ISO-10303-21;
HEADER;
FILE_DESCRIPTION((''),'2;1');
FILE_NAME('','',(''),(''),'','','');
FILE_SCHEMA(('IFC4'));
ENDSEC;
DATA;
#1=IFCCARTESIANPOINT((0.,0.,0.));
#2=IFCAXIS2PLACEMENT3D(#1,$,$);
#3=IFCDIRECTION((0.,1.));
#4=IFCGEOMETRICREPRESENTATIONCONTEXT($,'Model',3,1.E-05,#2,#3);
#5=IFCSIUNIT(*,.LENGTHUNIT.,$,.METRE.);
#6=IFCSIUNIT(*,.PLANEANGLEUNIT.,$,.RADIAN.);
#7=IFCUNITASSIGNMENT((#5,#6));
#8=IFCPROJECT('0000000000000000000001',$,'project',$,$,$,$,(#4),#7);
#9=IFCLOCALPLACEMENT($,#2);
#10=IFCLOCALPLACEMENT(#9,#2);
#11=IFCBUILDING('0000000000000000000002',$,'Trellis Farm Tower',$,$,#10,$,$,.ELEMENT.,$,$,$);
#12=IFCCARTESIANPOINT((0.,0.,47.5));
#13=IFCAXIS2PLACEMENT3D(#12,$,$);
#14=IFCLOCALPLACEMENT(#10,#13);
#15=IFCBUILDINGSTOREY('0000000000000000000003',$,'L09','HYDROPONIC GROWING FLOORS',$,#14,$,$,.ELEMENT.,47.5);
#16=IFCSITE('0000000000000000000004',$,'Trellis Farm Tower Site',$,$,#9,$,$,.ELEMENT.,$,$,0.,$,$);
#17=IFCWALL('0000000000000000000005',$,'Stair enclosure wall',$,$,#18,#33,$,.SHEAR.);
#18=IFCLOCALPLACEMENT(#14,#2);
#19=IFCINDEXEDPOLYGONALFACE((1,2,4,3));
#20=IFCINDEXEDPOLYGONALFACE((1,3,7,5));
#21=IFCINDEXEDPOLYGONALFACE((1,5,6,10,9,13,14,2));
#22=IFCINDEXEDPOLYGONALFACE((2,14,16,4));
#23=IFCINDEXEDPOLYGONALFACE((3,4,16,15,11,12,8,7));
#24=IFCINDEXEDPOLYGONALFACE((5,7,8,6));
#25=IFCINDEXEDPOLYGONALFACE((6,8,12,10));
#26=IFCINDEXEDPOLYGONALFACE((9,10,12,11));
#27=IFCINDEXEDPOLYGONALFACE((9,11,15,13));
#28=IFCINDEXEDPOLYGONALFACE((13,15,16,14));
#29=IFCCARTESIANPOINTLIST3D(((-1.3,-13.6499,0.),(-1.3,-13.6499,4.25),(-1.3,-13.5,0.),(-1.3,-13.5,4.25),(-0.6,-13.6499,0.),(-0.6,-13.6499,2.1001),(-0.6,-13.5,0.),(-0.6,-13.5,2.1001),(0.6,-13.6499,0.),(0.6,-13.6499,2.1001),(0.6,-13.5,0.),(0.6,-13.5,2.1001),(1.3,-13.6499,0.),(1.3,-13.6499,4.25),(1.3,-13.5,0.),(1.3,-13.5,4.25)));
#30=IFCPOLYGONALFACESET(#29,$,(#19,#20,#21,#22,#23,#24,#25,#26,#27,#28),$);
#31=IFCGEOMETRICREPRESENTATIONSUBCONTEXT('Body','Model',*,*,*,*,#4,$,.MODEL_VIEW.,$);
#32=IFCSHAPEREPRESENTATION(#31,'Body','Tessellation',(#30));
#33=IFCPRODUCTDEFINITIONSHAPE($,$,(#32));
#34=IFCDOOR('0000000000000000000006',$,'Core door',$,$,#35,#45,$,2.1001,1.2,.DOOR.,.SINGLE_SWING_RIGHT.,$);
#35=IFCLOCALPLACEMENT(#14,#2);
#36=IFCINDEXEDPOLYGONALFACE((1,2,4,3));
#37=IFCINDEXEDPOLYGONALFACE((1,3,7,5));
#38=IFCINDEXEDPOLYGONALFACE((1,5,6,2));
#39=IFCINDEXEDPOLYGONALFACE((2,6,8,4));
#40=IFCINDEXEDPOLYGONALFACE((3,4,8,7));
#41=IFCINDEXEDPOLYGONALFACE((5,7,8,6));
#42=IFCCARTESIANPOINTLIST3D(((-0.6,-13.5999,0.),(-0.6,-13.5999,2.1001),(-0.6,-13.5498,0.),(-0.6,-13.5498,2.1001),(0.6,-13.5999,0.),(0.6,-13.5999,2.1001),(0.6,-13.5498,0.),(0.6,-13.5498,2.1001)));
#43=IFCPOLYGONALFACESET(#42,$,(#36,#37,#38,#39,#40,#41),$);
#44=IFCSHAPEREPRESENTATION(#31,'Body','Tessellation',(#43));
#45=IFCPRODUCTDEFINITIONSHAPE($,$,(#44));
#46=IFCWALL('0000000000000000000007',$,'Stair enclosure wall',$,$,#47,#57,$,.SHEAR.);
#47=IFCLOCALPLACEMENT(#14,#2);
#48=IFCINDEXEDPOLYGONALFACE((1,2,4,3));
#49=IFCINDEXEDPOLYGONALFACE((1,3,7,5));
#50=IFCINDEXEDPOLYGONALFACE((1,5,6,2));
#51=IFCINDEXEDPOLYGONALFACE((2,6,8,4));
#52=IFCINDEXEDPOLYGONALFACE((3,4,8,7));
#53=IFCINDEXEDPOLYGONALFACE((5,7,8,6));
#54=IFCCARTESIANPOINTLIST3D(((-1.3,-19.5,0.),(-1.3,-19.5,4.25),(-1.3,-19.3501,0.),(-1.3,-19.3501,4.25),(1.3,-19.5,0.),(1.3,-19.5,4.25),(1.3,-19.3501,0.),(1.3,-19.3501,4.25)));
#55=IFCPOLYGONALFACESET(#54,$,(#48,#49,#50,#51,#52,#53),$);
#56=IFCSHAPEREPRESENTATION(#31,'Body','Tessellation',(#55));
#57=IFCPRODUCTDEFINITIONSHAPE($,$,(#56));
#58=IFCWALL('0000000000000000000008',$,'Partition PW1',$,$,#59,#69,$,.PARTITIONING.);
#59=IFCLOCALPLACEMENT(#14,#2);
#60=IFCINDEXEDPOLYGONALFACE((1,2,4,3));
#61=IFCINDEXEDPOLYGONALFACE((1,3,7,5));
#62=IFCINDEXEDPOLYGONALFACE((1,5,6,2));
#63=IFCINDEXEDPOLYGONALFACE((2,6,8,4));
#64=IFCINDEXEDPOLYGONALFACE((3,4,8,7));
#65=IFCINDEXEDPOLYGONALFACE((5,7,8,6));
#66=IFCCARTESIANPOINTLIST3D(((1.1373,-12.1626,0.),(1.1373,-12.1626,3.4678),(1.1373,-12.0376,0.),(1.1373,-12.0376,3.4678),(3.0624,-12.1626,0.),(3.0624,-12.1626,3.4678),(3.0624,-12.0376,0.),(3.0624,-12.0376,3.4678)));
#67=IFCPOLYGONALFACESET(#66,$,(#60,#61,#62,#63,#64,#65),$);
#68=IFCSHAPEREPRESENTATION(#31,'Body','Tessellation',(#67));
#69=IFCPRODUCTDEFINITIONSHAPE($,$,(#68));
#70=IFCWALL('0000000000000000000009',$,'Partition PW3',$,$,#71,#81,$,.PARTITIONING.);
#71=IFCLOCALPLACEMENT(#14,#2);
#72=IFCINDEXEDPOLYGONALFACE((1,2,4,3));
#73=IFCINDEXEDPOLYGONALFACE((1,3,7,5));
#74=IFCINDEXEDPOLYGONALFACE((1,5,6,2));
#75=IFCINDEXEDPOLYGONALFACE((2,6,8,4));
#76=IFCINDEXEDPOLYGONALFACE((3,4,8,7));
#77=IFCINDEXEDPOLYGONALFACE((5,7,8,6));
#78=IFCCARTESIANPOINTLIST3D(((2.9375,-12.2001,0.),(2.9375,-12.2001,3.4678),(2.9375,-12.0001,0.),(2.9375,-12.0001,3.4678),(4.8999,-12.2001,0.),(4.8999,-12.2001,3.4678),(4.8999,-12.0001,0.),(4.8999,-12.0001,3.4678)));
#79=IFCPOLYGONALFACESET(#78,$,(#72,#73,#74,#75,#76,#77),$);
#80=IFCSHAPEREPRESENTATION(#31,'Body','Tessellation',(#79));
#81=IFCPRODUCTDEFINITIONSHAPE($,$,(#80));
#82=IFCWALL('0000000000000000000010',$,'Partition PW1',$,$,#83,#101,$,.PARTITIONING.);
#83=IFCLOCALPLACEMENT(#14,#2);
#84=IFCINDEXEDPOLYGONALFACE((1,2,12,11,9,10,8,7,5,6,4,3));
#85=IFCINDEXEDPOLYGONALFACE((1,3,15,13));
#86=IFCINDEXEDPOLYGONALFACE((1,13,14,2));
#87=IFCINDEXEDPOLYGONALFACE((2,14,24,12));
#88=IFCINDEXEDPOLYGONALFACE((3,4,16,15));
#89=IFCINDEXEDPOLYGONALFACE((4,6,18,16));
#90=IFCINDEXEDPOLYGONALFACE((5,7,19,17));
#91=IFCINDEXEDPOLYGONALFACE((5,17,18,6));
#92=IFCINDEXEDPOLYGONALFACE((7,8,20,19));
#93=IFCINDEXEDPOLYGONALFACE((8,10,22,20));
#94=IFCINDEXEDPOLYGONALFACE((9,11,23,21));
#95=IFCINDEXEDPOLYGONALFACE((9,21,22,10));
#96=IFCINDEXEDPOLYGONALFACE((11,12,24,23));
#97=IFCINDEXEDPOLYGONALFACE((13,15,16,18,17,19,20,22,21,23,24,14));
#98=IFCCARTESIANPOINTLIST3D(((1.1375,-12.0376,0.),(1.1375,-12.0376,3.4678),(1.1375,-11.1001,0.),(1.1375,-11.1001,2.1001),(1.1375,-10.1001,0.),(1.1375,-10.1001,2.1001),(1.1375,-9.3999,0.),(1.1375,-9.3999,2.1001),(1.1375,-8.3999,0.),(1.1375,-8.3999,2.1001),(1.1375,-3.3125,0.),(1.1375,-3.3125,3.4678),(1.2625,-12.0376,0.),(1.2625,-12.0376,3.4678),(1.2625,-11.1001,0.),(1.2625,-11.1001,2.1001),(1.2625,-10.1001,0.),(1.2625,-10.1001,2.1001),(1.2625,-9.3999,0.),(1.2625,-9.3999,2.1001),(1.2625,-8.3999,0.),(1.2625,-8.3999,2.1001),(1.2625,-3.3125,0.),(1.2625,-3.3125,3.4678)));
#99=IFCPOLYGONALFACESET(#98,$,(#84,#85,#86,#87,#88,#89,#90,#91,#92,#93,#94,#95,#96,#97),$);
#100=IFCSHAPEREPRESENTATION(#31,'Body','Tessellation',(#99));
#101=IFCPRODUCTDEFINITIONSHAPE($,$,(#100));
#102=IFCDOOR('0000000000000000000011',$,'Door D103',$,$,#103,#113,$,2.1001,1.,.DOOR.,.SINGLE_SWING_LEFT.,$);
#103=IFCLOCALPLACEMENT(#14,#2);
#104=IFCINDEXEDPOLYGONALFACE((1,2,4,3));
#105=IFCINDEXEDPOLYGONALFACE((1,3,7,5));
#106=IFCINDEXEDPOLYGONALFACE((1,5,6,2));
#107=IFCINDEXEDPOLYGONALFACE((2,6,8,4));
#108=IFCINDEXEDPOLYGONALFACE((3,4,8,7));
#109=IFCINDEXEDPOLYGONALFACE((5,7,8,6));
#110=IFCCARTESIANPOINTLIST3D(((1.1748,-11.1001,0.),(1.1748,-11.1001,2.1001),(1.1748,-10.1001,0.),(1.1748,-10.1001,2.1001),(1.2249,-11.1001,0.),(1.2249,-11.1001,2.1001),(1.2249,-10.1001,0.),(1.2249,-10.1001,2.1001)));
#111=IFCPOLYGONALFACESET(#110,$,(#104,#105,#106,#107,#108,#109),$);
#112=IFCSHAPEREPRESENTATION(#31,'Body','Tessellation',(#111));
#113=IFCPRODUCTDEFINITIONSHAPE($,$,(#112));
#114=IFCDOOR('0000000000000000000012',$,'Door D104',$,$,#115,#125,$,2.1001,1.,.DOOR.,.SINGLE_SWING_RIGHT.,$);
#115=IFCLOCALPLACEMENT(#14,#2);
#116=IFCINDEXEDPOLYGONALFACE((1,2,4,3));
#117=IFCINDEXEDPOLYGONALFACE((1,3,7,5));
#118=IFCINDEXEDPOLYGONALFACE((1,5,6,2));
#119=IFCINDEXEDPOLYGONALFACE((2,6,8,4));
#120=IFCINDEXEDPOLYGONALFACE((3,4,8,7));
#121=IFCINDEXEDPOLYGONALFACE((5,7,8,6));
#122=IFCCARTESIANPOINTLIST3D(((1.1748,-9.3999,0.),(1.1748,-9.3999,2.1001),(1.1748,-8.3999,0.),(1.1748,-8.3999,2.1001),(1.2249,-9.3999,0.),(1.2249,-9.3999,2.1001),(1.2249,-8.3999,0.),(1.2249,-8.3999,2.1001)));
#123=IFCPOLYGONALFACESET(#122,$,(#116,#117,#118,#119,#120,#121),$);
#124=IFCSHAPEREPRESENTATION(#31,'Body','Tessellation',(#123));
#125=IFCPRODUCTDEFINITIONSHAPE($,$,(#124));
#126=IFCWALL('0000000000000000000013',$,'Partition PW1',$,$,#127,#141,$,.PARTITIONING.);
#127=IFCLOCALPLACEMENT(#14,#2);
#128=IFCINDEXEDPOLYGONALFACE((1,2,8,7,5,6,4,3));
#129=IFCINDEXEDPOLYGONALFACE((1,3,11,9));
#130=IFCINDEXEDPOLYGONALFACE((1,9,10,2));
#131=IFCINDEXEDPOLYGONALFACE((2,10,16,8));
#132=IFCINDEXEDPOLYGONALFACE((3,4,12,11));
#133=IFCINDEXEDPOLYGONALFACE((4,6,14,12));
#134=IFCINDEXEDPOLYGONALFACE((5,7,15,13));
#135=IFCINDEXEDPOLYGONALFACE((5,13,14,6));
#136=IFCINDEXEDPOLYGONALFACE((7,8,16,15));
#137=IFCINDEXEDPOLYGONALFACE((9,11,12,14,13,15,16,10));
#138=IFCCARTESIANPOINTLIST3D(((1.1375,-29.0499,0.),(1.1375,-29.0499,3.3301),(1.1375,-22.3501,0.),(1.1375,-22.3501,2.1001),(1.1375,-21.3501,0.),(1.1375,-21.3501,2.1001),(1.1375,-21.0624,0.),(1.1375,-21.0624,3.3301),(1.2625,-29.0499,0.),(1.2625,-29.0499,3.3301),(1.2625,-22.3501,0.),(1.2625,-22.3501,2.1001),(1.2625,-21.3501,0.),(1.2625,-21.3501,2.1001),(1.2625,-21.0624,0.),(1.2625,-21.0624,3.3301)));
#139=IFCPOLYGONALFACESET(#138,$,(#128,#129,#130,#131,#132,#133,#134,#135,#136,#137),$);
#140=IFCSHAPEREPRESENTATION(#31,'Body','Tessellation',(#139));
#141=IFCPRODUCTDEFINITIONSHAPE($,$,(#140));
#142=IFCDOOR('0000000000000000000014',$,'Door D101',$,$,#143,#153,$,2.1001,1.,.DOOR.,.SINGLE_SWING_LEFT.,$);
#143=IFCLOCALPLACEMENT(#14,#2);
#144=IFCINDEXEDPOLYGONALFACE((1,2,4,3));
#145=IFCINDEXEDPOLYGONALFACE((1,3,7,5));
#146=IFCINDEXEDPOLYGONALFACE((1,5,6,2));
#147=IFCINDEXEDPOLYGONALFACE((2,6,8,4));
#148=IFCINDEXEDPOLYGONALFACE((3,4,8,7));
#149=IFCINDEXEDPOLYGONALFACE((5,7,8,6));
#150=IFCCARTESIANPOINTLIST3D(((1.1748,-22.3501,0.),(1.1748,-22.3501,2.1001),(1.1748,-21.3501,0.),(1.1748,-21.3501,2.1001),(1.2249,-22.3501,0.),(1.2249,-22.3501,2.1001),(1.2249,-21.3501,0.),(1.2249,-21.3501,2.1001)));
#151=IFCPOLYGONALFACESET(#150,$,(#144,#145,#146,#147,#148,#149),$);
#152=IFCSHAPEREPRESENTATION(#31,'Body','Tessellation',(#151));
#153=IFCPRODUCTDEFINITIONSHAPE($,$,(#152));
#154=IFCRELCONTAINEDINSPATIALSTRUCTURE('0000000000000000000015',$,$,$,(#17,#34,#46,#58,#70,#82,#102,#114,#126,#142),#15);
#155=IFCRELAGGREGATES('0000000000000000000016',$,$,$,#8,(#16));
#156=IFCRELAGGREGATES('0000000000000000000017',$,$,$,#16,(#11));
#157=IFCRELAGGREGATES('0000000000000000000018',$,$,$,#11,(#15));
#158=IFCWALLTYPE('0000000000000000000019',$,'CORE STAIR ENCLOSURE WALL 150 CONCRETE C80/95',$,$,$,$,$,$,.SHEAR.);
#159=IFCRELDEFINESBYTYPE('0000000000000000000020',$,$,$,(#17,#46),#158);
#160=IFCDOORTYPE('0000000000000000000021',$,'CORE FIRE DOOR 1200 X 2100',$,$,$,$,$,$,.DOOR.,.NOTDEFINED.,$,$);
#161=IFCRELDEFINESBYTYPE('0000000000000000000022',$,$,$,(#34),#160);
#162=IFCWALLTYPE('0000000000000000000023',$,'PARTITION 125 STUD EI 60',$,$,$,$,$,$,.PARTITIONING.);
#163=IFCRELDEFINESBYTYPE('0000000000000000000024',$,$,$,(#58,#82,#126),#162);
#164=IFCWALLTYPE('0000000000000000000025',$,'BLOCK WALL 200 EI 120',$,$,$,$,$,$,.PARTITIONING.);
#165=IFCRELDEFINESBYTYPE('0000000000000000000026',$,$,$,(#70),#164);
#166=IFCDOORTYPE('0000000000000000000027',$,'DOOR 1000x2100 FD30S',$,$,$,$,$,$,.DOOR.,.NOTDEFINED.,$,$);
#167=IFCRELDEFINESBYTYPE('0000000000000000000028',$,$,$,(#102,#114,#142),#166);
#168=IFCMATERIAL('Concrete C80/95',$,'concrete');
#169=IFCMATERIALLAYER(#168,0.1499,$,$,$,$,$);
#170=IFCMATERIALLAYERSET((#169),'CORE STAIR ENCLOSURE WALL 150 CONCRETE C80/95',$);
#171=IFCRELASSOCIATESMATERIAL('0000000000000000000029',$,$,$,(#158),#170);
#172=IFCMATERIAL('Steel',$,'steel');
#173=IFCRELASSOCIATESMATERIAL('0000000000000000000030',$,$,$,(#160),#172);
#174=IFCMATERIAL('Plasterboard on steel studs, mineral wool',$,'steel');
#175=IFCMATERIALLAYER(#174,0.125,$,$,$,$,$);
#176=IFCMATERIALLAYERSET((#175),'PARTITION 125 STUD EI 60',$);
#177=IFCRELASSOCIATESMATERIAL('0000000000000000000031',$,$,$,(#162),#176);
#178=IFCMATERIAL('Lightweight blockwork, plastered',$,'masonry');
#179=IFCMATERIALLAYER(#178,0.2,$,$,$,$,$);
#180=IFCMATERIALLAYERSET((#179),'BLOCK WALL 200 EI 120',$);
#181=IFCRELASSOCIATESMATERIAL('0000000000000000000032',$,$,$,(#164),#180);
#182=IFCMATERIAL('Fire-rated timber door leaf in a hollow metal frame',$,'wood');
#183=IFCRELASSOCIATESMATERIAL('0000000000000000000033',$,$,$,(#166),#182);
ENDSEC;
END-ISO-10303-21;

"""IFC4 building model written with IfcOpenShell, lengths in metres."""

from ifc_helpers import new_model, si_unit, direction, frame, frame_2d, origin, place, context, subcontext, project, spatial, rectangle, extrude, source, transform, mapped, material, layer, layer_set, type_object, element, fill, save


model = new_model("IFC4")

# Units and contexts
model_context = context("Model", 3, precision=1e-05, world=origin(), true_north=direction((0.0, 1.0)))
body_context = subcontext(model_context, "Body", "Model", "MODEL_VIEW")
ifc_project = project(units=[si_unit("LENGTHUNIT", "METRE"), si_unit("PLANEANGLEUNIT", "RADIAN")], contexts=[model_context])

# Site, building, storey
site_placement = place(None, origin())
site = spatial("IfcSite", under=ifc_project, at=site_placement, Name="Trellis Farm Tower Site", CompositionType="ELEMENT", RefElevation=0.0)
building_placement = place(site_placement, origin())
building = spatial("IfcBuilding", under=site, at=building_placement, Name="Trellis Farm Tower", CompositionType="ELEMENT")
storey_placement = place(building_placement, frame((0.0, 0.0, 47.5)))
storey = spatial("IfcBuildingStorey", under=building, at=storey_placement, Name="L09", Description="HYDROPONIC GROWING FLOORS", CompositionType="ELEMENT", Elevation=47.5)

# Shared definitions
ifc_material_1 = material(Name="Concrete C80/95", Category="concrete")

# Wall, opening, door
ifc_layer_1 = layer(ifc_material_1, 0.1499)
ifc_layer_set_1 = layer_set([ifc_layer_1], Name="CORE STAIR ENCLOSURE WALL 150 CONCRETE C80/95")
wall_type_1 = type_object("IfcWallType", Name="CORE STAIR ENCLOSURE WALL 150 CONCRETE C80/95", PredefinedType="SHEAR", material=ifc_layer_set_1)
shared_shape_1 = source(origin(), body_context, "Body", "SweptSolid", [
    extrude(rectangle(XDim=2.6001, YDim=0.1499, at=frame_2d((1.3, 0.0))), origin(), (0.0, 0.0, 1.0), 4.25),
])
wall_1_placement = place(storey_placement, frame((1.3, -13.575, 0.0), z_axis=(0.0, 0.0, 1.0), x_axis=(-1.0, 0.0, 0.0)))
wall_1 = element("IfcWall", 1, at=wall_1_placement, inside=storey, type_object=wall_type_1, Name="Stair enclosure wall", PredefinedType="SHEAR", context=body_context, shape_type="MappedRepresentation", body=[
    mapped(shared_shape_1, transform((0.0, 0.0, 0.0))),
])
shared_shape_2 = source(origin(), body_context, "Body", "SweptSolid", [
    extrude(rectangle(XDim=1.2, YDim=2.1001, at=frame_2d((0.6001, 1.05))), frame((0.0, 0.085, 0.0), z_axis=(0.0, -1.0, 0.0), x_axis=(1.0, 0.0, 0.0)), (0.0, 0.0, 1.0), 0.1699),
])
opening_1_placement = place(wall_1_placement, frame((0.7, 0.0, 0.0)))
opening_1 = element("IfcOpeningElement", 2, at=opening_1_placement, cuts=wall_1, PredefinedType="OPENING", context=body_context, shape_type="MappedRepresentation", body=[
    mapped(shared_shape_2, transform((0.0, 0.0, 0.0))),
])
ifc_material_2 = material(Name="Steel", Category="steel")
door_type_1 = type_object("IfcDoorType", Name="CORE FIRE DOOR 1200 X 2100", OperationType="NOTDEFINED", PredefinedType="DOOR", material=ifc_material_2)
shared_shape_3 = source(origin(), body_context, "Body", "SweptSolid", [
    extrude(rectangle(XDim=1.2, YDim=2.1001, at=frame_2d((0.6001, 1.05))), frame((0.0, 0.0249, 0.0), z_axis=(0.0, -1.0, 0.0), x_axis=(1.0, 0.0, 0.0)), (0.0, 0.0, 1.0), 0.05),
])
door_1_placement = place(opening_1_placement, origin())
door_1 = element("IfcDoor", 3, at=door_1_placement, inside=storey, type_object=door_type_1, Name="Core door", OperationType="SINGLE_SWING_RIGHT", OverallHeight=2.1001, OverallWidth=1.2, PredefinedType="DOOR", context=body_context, shape_type="MappedRepresentation", body=[
    mapped(shared_shape_3, transform((0.0, 0.0, 0.0))),
])
fill(opening_1, door_1)

# Walls
wall_2_placement = place(storey_placement, frame((1.3, -19.425, 0.0), z_axis=(0.0, 0.0, 1.0), x_axis=(-1.0, 0.0, 0.0)))
element("IfcWall", 4, at=wall_2_placement, inside=storey, type_object=wall_type_1, Name="Stair enclosure wall", PredefinedType="SHEAR", context=body_context, shape_type="MappedRepresentation", body=[
    mapped(shared_shape_1, transform((0.0, 0.0, 0.0))),
])
ifc_material_3 = material(Name="Plasterboard on steel studs, mineral wool", Category="steel")
ifc_layer_2 = layer(ifc_material_3, 0.125)
ifc_layer_set_2 = layer_set([ifc_layer_2], Name="PARTITION 125 STUD EI 60")
wall_type_2 = type_object("IfcWallType", Name="PARTITION 125 STUD EI 60", PredefinedType="PARTITIONING", material=ifc_layer_set_2)
shared_shape_4 = source(origin(), body_context, "Body", "SweptSolid", [
    extrude(rectangle(XDim=1.925, YDim=0.125, at=frame_2d((0.9624, 0.0))), origin(), (0.0, 0.0, 1.0), 3.4678),
])
wall_3_placement = place(storey_placement, frame((1.1375, -12.1001, 0.0), z_axis=(0.0, 0.0, 1.0), x_axis=(1.0, 0.0, 0.0)))
element("IfcWall", 5, at=wall_3_placement, inside=storey, type_object=wall_type_2, Name="Partition PW1", PredefinedType="PARTITIONING", context=body_context, shape_type="MappedRepresentation", body=[
    mapped(shared_shape_4, transform((0.0, 0.0, 0.0))),
])
ifc_material_4 = material(Name="Lightweight blockwork, plastered", Category="masonry")
ifc_layer_3 = layer(ifc_material_4, 0.2)
ifc_layer_set_3 = layer_set([ifc_layer_3], Name="BLOCK WALL 200 EI 120")
wall_type_3 = type_object("IfcWallType", Name="BLOCK WALL 200 EI 120", PredefinedType="PARTITIONING", material=ifc_layer_set_3)
shared_shape_5 = source(origin(), body_context, "Body", "SweptSolid", [
    extrude(rectangle(XDim=1.9624, YDim=0.2, at=frame_2d((0.9812, 0.0))), origin(), (0.0, 0.0, 1.0), 3.4678),
])
wall_4_placement = place(storey_placement, frame((2.9375, -12.1001, 0.0), z_axis=(0.0, 0.0, 1.0), x_axis=(1.0, 0.0, 0.0)))
element("IfcWall", 6, at=wall_4_placement, inside=storey, type_object=wall_type_3, Name="Partition PW3", PredefinedType="PARTITIONING", context=body_context, shape_type="MappedRepresentation", body=[
    mapped(shared_shape_5, transform((0.0, 0.0, 0.0))),
])

# Wall, openings, doors
shared_shape_6 = source(origin(), body_context, "Body", "SweptSolid", [
    extrude(rectangle(XDim=8.7251, YDim=0.125, at=frame_2d((4.3625, 0.0))), origin(), (0.0, 0.0, 1.0), 3.4678),
])
wall_5_placement = place(storey_placement, frame((1.2, -3.3125, 0.0), z_axis=(0.0, 0.0, 1.0), x_axis=(0.0, -1.0, 0.0)))
wall_5 = element("IfcWall", 7, at=wall_5_placement, inside=storey, type_object=wall_type_2, Name="Partition PW1", PredefinedType="PARTITIONING", context=body_context, shape_type="MappedRepresentation", body=[
    mapped(shared_shape_6, transform((0.0, 0.0, 0.0))),
])
shared_shape_7 = source(origin(), body_context, "Body", "SweptSolid", [
    extrude(rectangle(XDim=1.0, YDim=2.1001, at=frame_2d((0.5, 1.05))), frame((0.0, 0.0725, 0.0), z_axis=(0.0, -1.0, 0.0), x_axis=(1.0, 0.0, 0.0)), (0.0, 0.0, 1.0), 0.145),
])
opening_2_placement = place(wall_5_placement, frame((6.7876, 0.0, 0.0)))
opening_2 = element("IfcOpeningElement", 8, at=opening_2_placement, cuts=wall_5, PredefinedType="OPENING", context=body_context, shape_type="MappedRepresentation", body=[
    mapped(shared_shape_7, transform((0.0, 0.0, 0.0))),
])
opening_3_placement = place(wall_5_placement, frame((5.0874, 0.0, 0.0)))
opening_3 = element("IfcOpeningElement", 9, at=opening_3_placement, cuts=wall_5, PredefinedType="OPENING", context=body_context, shape_type="MappedRepresentation", body=[
    mapped(shared_shape_7, transform((0.0, 0.0, 0.0))),
])
ifc_material_5 = material(Name="Fire-rated timber door leaf in a hollow metal frame", Category="wood")
door_type_2 = type_object("IfcDoorType", Name="DOOR 1000x2100 FD30S", OperationType="NOTDEFINED", PredefinedType="DOOR", material=ifc_material_5)
shared_shape_8 = source(origin(), body_context, "Body", "SweptSolid", [
    extrude(rectangle(XDim=1.0, YDim=2.1001, at=frame_2d((0.5, 1.05))), frame((0.0, 0.0249, 0.0), z_axis=(0.0, -1.0, 0.0), x_axis=(1.0, 0.0, 0.0)), (0.0, 0.0, 1.0), 0.05),
])
door_2_placement = place(opening_2_placement, origin())
door_2 = element("IfcDoor", 10, at=door_2_placement, inside=storey, type_object=door_type_2, Name="Door D103", OperationType="SINGLE_SWING_LEFT", OverallHeight=2.1001, OverallWidth=1.0, PredefinedType="DOOR", context=body_context, shape_type="MappedRepresentation", body=[
    mapped(shared_shape_8, transform((0.0, 0.0, 0.0))),
])
fill(opening_2, door_2)
door_3_placement = place(opening_3_placement, origin())
door_3 = element("IfcDoor", 11, at=door_3_placement, inside=storey, type_object=door_type_2, Name="Door D104", OperationType="SINGLE_SWING_RIGHT", OverallHeight=2.1001, OverallWidth=1.0, PredefinedType="DOOR", context=body_context, shape_type="MappedRepresentation", body=[
    mapped(shared_shape_8, transform((0.0, 0.0, 0.0))),
])
fill(opening_3, door_3)

# Wall, opening, door
shared_shape_9 = source(origin(), body_context, "Body", "SweptSolid", [
    extrude(rectangle(XDim=7.9875, YDim=0.125, at=frame_2d((3.9937, 0.0))), origin(), (0.0, 0.0, 1.0), 3.3301),
])
wall_6_placement = place(storey_placement, frame((1.2, -21.0625, 0.0), z_axis=(0.0, 0.0, 1.0), x_axis=(0.0, -1.0, 0.0)))
wall_6 = element("IfcWall", 12, at=wall_6_placement, inside=storey, type_object=wall_type_2, Name="Partition PW1", PredefinedType="PARTITIONING", context=body_context, shape_type="MappedRepresentation", body=[
    mapped(shared_shape_9, transform((0.0, 0.0, 0.0))),
])
opening_4_placement = place(wall_6_placement, frame((0.2876, 0.0, 0.0)))
opening_4 = element("IfcOpeningElement", 13, at=opening_4_placement, cuts=wall_6, PredefinedType="OPENING", context=body_context, shape_type="MappedRepresentation", body=[
    mapped(shared_shape_7, transform((0.0, 0.0, 0.0))),
])
door_4_placement = place(opening_4_placement, origin())
door_4 = element("IfcDoor", 14, at=door_4_placement, inside=storey, type_object=door_type_2, Name="Door D101", OperationType="SINGLE_SWING_LEFT", OverallHeight=2.1001, OverallWidth=1.0, PredefinedType="DOOR", context=body_context, shape_type="MappedRepresentation", body=[
    mapped(shared_shape_8, transform((0.0, 0.0, 0.0))),
])
fill(opening_4, door_4)

save(model, "model.ifc")
